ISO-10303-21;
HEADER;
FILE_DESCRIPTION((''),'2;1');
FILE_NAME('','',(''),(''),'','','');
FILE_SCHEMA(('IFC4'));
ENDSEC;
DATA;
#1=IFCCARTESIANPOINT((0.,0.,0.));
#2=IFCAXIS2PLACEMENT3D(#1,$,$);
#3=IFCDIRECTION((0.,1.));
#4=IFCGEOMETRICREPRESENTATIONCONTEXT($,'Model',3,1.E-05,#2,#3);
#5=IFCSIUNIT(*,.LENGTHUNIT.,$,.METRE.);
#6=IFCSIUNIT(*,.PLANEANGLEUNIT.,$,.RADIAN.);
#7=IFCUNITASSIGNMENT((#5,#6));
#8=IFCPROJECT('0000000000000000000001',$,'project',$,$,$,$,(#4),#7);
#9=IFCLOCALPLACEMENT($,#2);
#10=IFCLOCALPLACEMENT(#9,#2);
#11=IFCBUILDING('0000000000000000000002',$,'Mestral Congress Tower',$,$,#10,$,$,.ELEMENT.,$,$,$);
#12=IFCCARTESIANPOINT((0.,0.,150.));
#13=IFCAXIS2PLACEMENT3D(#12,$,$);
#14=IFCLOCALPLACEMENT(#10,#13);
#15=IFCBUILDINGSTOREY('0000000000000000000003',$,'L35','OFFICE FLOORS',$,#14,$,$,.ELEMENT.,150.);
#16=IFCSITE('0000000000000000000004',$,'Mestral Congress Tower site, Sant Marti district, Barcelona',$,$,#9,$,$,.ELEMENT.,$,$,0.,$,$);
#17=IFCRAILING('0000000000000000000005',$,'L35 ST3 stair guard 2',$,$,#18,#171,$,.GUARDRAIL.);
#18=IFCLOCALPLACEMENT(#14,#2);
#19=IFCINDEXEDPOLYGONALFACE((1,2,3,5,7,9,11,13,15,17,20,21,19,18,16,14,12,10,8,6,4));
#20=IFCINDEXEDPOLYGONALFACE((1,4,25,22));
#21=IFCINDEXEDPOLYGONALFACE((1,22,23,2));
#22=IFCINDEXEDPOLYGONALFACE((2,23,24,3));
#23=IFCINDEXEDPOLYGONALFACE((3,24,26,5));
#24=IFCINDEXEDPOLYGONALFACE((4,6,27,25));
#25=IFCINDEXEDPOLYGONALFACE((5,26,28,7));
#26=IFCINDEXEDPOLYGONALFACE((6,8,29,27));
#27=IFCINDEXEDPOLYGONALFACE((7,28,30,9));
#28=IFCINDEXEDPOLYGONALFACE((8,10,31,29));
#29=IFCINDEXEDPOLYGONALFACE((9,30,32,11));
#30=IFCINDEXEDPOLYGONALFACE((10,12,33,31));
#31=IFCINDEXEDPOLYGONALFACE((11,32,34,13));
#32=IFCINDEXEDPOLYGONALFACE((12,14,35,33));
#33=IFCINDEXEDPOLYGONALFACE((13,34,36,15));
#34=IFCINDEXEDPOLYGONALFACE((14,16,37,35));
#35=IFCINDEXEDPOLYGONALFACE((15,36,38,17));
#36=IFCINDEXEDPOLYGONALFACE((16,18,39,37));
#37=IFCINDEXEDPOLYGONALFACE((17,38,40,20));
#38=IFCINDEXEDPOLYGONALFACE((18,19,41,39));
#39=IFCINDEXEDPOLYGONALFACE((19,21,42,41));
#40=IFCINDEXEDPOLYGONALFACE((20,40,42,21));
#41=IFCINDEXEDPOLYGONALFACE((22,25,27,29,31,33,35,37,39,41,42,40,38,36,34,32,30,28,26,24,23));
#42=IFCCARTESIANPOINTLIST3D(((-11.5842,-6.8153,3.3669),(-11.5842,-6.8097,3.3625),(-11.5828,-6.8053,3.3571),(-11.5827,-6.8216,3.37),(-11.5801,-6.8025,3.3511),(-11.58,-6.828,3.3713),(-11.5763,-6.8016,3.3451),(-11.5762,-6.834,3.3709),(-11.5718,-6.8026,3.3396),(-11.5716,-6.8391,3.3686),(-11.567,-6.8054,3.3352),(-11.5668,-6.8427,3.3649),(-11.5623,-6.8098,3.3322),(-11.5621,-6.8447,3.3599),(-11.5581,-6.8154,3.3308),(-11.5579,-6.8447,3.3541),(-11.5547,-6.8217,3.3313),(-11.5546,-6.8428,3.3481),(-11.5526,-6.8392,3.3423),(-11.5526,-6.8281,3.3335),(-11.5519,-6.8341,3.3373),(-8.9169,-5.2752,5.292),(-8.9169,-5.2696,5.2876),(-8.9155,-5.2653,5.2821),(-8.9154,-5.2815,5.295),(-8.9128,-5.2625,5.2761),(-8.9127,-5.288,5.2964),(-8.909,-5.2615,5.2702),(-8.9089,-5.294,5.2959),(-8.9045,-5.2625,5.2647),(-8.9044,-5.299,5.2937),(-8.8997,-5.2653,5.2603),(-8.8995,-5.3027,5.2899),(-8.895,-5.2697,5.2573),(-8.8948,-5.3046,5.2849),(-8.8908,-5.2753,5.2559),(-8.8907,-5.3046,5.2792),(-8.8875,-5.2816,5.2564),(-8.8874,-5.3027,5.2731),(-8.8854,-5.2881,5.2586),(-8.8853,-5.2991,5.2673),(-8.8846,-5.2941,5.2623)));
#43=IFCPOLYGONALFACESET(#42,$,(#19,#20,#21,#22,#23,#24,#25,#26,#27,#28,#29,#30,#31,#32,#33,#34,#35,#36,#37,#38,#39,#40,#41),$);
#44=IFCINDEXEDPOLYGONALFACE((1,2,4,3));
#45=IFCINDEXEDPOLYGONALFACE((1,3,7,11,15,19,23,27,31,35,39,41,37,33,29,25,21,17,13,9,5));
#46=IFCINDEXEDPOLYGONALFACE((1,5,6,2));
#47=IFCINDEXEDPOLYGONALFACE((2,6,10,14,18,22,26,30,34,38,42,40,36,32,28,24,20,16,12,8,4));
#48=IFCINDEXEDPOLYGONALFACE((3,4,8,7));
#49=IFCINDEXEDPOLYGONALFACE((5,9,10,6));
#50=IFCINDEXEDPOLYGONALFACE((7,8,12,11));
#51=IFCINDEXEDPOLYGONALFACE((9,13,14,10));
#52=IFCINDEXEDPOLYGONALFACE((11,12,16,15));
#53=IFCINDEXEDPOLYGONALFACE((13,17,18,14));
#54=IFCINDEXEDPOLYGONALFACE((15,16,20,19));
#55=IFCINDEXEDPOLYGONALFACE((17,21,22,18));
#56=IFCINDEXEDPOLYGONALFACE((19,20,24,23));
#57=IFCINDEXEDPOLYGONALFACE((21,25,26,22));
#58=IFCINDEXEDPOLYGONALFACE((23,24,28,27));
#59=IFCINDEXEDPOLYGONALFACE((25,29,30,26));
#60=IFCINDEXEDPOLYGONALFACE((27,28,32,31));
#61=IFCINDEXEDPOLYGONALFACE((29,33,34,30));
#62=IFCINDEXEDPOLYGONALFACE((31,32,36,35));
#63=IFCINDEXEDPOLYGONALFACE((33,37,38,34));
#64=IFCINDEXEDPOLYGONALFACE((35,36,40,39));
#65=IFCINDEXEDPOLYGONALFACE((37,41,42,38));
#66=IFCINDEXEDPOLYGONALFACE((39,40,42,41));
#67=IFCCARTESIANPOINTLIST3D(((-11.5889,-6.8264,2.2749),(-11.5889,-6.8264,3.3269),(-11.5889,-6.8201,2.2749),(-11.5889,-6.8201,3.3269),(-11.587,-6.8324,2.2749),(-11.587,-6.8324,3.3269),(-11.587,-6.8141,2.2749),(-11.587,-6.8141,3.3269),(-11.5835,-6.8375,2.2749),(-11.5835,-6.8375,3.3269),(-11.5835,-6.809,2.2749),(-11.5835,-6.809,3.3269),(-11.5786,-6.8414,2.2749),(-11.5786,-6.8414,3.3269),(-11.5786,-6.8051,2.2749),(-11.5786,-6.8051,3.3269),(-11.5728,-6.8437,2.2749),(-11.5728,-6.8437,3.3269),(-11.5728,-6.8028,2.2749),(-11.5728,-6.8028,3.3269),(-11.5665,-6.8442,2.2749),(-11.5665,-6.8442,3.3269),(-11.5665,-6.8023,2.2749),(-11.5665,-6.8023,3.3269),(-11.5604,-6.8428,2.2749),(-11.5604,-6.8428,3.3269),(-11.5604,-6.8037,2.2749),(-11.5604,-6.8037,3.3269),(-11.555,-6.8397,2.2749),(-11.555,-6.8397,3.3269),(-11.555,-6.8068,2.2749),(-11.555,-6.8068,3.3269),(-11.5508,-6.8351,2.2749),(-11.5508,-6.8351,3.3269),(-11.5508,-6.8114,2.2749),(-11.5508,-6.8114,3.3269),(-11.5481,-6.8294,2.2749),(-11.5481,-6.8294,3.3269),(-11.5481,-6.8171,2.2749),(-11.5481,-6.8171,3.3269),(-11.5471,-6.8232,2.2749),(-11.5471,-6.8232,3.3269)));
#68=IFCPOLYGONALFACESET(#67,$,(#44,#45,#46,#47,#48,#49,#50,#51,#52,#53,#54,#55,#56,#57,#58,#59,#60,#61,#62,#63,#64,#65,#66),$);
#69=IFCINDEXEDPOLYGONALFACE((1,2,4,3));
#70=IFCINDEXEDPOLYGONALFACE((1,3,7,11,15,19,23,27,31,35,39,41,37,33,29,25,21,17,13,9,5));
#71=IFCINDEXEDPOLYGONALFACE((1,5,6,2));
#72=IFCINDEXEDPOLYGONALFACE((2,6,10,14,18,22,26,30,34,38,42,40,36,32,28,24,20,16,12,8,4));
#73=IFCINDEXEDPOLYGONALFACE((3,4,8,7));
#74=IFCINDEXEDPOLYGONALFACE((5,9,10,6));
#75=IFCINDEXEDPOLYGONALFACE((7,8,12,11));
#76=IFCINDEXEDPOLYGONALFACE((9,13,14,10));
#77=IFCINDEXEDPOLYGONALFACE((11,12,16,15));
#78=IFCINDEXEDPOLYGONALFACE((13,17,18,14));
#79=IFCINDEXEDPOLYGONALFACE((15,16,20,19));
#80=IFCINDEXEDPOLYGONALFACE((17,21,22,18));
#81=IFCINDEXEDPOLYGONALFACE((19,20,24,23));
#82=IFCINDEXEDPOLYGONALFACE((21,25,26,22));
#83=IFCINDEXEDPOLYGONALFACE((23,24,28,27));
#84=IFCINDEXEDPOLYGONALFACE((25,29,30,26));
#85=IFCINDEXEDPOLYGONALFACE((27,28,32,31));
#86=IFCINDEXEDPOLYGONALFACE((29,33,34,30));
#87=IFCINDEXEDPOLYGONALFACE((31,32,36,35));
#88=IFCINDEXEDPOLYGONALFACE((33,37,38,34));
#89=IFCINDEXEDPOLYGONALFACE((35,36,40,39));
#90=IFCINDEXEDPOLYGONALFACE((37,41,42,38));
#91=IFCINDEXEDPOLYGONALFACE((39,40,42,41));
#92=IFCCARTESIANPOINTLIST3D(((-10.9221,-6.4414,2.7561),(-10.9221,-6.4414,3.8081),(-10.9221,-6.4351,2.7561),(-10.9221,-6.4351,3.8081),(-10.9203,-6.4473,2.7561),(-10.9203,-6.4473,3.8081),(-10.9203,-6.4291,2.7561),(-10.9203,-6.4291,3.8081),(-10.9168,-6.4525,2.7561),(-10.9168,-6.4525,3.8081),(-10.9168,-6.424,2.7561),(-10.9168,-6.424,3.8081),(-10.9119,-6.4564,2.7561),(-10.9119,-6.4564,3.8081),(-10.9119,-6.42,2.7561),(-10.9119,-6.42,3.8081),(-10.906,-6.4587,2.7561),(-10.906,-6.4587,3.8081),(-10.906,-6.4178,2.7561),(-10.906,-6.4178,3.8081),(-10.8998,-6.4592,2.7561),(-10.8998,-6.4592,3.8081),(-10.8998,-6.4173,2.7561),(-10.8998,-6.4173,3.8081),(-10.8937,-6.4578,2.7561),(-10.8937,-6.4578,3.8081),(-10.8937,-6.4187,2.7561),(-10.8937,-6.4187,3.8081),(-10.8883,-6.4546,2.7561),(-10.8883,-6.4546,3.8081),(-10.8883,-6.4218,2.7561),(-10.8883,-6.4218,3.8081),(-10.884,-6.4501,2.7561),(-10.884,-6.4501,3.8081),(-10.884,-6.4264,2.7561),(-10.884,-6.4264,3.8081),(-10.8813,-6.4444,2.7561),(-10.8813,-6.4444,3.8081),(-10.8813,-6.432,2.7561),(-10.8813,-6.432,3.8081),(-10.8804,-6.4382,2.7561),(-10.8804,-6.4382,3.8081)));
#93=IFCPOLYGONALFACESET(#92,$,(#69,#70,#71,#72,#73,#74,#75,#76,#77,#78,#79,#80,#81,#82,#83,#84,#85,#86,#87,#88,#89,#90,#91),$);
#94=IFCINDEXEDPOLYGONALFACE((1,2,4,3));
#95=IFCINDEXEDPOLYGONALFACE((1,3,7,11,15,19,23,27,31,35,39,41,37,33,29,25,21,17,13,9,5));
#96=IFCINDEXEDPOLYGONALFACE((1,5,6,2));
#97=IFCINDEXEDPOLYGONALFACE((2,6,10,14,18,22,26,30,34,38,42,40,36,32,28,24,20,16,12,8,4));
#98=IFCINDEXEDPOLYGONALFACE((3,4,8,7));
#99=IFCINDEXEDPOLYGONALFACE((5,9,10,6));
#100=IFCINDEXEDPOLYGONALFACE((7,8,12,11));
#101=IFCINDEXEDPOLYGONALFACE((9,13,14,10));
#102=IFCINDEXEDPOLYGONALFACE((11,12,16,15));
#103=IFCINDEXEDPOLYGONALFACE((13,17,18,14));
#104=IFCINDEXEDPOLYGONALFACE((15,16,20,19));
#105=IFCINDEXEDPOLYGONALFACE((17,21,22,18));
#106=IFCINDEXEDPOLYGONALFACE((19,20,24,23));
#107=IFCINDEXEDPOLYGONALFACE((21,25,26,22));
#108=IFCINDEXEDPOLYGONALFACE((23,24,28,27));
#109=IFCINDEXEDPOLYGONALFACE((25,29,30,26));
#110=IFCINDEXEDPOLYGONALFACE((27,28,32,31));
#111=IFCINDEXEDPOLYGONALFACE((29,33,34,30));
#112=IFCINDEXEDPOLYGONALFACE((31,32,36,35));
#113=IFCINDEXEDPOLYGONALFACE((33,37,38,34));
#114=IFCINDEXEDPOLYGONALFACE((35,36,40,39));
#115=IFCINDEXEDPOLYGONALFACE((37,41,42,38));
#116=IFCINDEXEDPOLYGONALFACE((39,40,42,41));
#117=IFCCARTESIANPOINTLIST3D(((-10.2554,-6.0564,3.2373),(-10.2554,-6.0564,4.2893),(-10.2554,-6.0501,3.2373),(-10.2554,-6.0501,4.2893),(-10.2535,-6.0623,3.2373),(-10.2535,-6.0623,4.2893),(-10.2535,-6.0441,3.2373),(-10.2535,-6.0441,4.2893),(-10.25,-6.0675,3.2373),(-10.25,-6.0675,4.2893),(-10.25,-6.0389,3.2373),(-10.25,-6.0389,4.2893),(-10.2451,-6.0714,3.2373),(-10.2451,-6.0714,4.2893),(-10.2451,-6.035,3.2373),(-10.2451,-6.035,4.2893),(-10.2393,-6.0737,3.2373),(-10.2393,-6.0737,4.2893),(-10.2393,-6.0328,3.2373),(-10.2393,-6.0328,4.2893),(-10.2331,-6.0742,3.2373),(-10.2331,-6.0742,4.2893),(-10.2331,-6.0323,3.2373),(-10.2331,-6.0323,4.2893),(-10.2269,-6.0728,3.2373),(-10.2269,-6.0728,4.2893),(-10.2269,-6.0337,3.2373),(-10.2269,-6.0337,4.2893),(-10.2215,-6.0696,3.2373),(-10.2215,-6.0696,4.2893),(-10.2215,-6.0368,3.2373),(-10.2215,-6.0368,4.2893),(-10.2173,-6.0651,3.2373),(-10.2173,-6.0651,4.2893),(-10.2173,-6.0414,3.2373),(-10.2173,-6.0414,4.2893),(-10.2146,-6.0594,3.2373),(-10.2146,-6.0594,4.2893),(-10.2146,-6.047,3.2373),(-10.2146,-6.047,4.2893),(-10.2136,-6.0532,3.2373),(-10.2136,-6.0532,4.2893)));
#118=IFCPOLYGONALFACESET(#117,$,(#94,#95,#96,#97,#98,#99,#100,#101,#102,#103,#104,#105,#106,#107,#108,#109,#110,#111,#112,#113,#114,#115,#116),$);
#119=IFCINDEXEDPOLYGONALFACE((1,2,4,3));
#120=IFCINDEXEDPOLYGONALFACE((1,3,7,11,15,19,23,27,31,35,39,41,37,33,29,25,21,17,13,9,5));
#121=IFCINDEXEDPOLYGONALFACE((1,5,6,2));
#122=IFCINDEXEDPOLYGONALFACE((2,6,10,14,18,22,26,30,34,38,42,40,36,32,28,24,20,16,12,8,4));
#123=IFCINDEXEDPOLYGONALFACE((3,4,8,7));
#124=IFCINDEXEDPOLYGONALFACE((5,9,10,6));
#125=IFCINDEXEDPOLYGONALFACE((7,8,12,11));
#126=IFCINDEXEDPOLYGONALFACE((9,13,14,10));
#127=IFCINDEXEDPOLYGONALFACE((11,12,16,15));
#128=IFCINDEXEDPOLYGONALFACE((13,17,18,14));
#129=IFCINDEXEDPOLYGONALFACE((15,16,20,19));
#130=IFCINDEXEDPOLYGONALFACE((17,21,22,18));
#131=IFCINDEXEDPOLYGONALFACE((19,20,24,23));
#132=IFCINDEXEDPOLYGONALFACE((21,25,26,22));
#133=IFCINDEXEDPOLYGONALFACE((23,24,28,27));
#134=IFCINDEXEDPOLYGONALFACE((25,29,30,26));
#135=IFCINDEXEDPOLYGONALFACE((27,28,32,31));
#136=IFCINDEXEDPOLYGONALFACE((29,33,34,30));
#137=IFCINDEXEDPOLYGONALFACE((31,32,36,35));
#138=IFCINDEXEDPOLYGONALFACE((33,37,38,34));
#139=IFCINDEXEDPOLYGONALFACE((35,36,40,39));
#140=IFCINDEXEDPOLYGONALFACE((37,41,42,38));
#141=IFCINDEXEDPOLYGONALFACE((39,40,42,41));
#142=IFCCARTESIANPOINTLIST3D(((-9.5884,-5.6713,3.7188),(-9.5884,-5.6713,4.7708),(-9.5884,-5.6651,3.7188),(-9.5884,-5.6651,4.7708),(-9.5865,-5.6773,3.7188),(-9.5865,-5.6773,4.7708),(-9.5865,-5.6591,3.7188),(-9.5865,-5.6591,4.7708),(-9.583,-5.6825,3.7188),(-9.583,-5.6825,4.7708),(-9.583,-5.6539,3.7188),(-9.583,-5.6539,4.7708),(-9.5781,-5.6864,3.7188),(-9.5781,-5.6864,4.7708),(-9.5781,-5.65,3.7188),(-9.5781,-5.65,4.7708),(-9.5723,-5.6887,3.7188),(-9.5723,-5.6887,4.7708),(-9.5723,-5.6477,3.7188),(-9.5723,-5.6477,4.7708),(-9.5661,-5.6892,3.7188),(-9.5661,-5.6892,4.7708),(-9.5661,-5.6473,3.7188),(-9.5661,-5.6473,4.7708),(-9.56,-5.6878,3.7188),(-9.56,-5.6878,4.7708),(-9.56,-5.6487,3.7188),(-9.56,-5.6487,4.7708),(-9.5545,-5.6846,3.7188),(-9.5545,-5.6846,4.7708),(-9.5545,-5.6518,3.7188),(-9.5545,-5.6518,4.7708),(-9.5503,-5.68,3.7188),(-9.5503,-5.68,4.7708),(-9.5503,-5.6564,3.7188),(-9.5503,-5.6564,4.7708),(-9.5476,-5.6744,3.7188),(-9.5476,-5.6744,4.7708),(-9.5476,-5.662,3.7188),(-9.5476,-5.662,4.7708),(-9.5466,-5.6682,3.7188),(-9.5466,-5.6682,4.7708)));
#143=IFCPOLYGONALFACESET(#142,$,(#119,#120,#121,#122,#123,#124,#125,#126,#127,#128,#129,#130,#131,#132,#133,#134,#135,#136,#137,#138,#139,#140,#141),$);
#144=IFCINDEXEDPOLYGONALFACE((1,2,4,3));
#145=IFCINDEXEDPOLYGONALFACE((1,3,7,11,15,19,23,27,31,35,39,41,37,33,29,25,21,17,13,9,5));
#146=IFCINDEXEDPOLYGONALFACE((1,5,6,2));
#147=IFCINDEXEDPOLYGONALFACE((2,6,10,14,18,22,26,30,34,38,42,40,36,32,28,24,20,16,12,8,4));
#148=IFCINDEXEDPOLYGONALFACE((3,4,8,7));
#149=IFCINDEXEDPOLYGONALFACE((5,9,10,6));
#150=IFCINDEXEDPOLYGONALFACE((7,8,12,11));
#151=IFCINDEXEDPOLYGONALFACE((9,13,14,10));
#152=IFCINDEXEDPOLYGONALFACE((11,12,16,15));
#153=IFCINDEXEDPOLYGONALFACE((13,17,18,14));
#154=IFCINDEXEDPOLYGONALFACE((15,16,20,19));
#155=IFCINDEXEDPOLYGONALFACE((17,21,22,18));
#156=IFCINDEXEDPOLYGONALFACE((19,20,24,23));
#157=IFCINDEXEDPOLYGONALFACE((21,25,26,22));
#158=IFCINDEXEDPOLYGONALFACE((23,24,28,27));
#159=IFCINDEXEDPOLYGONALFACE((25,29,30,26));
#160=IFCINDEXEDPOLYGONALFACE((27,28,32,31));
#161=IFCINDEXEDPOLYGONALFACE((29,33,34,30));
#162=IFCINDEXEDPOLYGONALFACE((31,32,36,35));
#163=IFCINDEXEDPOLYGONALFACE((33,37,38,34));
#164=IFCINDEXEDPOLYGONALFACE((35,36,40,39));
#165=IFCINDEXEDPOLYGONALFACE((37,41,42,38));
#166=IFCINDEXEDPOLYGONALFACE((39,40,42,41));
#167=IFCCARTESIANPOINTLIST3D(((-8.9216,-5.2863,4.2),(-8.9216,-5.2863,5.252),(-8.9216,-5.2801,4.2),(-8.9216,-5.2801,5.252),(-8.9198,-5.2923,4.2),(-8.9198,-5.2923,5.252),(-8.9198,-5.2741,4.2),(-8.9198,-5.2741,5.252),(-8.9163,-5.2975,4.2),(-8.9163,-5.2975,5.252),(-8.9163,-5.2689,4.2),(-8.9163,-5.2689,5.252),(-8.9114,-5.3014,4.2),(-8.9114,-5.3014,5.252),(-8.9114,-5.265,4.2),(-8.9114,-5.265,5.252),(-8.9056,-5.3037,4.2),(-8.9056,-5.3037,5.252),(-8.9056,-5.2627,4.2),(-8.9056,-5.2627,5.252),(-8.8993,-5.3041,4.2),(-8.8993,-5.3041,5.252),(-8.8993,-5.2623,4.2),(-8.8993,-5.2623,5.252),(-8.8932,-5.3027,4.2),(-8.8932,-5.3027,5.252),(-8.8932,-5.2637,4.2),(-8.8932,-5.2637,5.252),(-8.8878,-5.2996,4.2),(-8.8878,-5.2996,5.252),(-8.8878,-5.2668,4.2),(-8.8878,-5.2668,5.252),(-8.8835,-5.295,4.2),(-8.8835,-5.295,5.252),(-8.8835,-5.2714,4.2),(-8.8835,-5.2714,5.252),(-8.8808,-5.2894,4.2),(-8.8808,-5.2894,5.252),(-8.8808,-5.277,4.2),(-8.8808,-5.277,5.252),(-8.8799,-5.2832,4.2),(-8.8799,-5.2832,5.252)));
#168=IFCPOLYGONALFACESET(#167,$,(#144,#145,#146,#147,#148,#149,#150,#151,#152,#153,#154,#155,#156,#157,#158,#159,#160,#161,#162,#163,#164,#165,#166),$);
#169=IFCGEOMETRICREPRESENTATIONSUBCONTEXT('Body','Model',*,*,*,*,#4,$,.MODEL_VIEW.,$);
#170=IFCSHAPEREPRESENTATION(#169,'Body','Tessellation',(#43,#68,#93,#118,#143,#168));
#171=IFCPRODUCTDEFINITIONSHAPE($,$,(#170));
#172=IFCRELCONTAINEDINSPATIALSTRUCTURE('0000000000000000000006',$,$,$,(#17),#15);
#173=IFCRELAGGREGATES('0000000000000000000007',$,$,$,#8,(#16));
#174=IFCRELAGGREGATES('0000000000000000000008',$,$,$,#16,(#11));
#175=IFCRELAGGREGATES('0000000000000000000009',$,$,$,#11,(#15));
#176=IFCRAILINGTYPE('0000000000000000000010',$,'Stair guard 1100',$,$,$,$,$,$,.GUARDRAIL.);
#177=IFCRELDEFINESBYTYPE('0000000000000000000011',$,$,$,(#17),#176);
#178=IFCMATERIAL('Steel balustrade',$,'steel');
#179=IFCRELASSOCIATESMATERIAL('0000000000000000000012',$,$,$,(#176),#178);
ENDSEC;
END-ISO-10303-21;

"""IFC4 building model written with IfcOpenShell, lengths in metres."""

from ifc_helpers import new_model, si_unit, direction, frame, origin, origin_2d, place, context, subcontext, project, spatial, circle, extrude, material, type_object, element, save


model = new_model("IFC4")

# Units and contexts
model_context = context("Model", 3, precision=1e-05, world=origin(), true_north=direction((0.0, 1.0)))
body_context = subcontext(model_context, "Body", "Model", "MODEL_VIEW")
ifc_project = project(units=[si_unit("LENGTHUNIT", "METRE"), si_unit("PLANEANGLEUNIT", "RADIAN")], contexts=[model_context])

# Site, building, storey
site_placement = place(None, origin())
site = spatial("IfcSite", under=ifc_project, at=site_placement, Name="Mestral Congress Tower site, Sant Marti district, Barcelona", CompositionType="ELEMENT", RefElevation=0.0)
building_placement = place(site_placement, origin())
building = spatial("IfcBuilding", under=site, at=building_placement, Name="Mestral Congress Tower", CompositionType="ELEMENT")
storey_placement = place(building_placement, frame((0.0, 0.0, 150.0)))
storey = spatial("IfcBuildingStorey", under=building, at=storey_placement, Name="L35", Description="OFFICE FLOORS", CompositionType="ELEMENT", Elevation=150.0)

# Railing
ifc_material_1 = material(Name="Steel balustrade", Category="steel")
railing_type_1 = type_object("IfcRailingType", Name="Stair guard 1100", PredefinedType="GUARDRAIL", material=ifc_material_1)
railing_1_placement = place(storey_placement, frame((-11.5681, -6.8232, 2.2749)))
element("IfcRailing", 1, at=railing_1_placement, inside=storey, type_object=railing_type_1, Name="L35 ST3 stair guard 2", PredefinedType="GUARDRAIL", context=body_context, shape_type="SweptSolid", body=[
    extrude(circle(Radius=0.0239, at=origin_2d()), frame((0.0, 0.0, 1.0762), z_axis=(0.734364, 0.424015, 0.530019), x_axis=(-0.500027, 0.86601, 0.0)), (0.0, 0.0, 1.0), 3.6321),
    extrude(circle(Radius=0.021, at=origin_2d()), origin(), (0.0, 0.0, 1.0), 1.052),
    extrude(circle(Radius=0.021, at=origin_2d()), frame((0.6667, 0.385, 0.4812)), (0.0, 0.0, 1.0), 1.052),
    extrude(circle(Radius=0.021, at=origin_2d()), frame((1.3335, 0.77, 0.9624)), (0.0, 0.0, 1.0), 1.052),
    extrude(circle(Radius=0.021, at=origin_2d()), frame((2.0005, 1.155, 1.4438)), (0.0, 0.0, 1.0), 1.052),
    extrude(circle(Radius=0.021, at=origin_2d()), frame((2.6672, 1.54, 1.925)), (0.0, 0.0, 1.0), 1.052),
])

save(model, "model.ifc")
